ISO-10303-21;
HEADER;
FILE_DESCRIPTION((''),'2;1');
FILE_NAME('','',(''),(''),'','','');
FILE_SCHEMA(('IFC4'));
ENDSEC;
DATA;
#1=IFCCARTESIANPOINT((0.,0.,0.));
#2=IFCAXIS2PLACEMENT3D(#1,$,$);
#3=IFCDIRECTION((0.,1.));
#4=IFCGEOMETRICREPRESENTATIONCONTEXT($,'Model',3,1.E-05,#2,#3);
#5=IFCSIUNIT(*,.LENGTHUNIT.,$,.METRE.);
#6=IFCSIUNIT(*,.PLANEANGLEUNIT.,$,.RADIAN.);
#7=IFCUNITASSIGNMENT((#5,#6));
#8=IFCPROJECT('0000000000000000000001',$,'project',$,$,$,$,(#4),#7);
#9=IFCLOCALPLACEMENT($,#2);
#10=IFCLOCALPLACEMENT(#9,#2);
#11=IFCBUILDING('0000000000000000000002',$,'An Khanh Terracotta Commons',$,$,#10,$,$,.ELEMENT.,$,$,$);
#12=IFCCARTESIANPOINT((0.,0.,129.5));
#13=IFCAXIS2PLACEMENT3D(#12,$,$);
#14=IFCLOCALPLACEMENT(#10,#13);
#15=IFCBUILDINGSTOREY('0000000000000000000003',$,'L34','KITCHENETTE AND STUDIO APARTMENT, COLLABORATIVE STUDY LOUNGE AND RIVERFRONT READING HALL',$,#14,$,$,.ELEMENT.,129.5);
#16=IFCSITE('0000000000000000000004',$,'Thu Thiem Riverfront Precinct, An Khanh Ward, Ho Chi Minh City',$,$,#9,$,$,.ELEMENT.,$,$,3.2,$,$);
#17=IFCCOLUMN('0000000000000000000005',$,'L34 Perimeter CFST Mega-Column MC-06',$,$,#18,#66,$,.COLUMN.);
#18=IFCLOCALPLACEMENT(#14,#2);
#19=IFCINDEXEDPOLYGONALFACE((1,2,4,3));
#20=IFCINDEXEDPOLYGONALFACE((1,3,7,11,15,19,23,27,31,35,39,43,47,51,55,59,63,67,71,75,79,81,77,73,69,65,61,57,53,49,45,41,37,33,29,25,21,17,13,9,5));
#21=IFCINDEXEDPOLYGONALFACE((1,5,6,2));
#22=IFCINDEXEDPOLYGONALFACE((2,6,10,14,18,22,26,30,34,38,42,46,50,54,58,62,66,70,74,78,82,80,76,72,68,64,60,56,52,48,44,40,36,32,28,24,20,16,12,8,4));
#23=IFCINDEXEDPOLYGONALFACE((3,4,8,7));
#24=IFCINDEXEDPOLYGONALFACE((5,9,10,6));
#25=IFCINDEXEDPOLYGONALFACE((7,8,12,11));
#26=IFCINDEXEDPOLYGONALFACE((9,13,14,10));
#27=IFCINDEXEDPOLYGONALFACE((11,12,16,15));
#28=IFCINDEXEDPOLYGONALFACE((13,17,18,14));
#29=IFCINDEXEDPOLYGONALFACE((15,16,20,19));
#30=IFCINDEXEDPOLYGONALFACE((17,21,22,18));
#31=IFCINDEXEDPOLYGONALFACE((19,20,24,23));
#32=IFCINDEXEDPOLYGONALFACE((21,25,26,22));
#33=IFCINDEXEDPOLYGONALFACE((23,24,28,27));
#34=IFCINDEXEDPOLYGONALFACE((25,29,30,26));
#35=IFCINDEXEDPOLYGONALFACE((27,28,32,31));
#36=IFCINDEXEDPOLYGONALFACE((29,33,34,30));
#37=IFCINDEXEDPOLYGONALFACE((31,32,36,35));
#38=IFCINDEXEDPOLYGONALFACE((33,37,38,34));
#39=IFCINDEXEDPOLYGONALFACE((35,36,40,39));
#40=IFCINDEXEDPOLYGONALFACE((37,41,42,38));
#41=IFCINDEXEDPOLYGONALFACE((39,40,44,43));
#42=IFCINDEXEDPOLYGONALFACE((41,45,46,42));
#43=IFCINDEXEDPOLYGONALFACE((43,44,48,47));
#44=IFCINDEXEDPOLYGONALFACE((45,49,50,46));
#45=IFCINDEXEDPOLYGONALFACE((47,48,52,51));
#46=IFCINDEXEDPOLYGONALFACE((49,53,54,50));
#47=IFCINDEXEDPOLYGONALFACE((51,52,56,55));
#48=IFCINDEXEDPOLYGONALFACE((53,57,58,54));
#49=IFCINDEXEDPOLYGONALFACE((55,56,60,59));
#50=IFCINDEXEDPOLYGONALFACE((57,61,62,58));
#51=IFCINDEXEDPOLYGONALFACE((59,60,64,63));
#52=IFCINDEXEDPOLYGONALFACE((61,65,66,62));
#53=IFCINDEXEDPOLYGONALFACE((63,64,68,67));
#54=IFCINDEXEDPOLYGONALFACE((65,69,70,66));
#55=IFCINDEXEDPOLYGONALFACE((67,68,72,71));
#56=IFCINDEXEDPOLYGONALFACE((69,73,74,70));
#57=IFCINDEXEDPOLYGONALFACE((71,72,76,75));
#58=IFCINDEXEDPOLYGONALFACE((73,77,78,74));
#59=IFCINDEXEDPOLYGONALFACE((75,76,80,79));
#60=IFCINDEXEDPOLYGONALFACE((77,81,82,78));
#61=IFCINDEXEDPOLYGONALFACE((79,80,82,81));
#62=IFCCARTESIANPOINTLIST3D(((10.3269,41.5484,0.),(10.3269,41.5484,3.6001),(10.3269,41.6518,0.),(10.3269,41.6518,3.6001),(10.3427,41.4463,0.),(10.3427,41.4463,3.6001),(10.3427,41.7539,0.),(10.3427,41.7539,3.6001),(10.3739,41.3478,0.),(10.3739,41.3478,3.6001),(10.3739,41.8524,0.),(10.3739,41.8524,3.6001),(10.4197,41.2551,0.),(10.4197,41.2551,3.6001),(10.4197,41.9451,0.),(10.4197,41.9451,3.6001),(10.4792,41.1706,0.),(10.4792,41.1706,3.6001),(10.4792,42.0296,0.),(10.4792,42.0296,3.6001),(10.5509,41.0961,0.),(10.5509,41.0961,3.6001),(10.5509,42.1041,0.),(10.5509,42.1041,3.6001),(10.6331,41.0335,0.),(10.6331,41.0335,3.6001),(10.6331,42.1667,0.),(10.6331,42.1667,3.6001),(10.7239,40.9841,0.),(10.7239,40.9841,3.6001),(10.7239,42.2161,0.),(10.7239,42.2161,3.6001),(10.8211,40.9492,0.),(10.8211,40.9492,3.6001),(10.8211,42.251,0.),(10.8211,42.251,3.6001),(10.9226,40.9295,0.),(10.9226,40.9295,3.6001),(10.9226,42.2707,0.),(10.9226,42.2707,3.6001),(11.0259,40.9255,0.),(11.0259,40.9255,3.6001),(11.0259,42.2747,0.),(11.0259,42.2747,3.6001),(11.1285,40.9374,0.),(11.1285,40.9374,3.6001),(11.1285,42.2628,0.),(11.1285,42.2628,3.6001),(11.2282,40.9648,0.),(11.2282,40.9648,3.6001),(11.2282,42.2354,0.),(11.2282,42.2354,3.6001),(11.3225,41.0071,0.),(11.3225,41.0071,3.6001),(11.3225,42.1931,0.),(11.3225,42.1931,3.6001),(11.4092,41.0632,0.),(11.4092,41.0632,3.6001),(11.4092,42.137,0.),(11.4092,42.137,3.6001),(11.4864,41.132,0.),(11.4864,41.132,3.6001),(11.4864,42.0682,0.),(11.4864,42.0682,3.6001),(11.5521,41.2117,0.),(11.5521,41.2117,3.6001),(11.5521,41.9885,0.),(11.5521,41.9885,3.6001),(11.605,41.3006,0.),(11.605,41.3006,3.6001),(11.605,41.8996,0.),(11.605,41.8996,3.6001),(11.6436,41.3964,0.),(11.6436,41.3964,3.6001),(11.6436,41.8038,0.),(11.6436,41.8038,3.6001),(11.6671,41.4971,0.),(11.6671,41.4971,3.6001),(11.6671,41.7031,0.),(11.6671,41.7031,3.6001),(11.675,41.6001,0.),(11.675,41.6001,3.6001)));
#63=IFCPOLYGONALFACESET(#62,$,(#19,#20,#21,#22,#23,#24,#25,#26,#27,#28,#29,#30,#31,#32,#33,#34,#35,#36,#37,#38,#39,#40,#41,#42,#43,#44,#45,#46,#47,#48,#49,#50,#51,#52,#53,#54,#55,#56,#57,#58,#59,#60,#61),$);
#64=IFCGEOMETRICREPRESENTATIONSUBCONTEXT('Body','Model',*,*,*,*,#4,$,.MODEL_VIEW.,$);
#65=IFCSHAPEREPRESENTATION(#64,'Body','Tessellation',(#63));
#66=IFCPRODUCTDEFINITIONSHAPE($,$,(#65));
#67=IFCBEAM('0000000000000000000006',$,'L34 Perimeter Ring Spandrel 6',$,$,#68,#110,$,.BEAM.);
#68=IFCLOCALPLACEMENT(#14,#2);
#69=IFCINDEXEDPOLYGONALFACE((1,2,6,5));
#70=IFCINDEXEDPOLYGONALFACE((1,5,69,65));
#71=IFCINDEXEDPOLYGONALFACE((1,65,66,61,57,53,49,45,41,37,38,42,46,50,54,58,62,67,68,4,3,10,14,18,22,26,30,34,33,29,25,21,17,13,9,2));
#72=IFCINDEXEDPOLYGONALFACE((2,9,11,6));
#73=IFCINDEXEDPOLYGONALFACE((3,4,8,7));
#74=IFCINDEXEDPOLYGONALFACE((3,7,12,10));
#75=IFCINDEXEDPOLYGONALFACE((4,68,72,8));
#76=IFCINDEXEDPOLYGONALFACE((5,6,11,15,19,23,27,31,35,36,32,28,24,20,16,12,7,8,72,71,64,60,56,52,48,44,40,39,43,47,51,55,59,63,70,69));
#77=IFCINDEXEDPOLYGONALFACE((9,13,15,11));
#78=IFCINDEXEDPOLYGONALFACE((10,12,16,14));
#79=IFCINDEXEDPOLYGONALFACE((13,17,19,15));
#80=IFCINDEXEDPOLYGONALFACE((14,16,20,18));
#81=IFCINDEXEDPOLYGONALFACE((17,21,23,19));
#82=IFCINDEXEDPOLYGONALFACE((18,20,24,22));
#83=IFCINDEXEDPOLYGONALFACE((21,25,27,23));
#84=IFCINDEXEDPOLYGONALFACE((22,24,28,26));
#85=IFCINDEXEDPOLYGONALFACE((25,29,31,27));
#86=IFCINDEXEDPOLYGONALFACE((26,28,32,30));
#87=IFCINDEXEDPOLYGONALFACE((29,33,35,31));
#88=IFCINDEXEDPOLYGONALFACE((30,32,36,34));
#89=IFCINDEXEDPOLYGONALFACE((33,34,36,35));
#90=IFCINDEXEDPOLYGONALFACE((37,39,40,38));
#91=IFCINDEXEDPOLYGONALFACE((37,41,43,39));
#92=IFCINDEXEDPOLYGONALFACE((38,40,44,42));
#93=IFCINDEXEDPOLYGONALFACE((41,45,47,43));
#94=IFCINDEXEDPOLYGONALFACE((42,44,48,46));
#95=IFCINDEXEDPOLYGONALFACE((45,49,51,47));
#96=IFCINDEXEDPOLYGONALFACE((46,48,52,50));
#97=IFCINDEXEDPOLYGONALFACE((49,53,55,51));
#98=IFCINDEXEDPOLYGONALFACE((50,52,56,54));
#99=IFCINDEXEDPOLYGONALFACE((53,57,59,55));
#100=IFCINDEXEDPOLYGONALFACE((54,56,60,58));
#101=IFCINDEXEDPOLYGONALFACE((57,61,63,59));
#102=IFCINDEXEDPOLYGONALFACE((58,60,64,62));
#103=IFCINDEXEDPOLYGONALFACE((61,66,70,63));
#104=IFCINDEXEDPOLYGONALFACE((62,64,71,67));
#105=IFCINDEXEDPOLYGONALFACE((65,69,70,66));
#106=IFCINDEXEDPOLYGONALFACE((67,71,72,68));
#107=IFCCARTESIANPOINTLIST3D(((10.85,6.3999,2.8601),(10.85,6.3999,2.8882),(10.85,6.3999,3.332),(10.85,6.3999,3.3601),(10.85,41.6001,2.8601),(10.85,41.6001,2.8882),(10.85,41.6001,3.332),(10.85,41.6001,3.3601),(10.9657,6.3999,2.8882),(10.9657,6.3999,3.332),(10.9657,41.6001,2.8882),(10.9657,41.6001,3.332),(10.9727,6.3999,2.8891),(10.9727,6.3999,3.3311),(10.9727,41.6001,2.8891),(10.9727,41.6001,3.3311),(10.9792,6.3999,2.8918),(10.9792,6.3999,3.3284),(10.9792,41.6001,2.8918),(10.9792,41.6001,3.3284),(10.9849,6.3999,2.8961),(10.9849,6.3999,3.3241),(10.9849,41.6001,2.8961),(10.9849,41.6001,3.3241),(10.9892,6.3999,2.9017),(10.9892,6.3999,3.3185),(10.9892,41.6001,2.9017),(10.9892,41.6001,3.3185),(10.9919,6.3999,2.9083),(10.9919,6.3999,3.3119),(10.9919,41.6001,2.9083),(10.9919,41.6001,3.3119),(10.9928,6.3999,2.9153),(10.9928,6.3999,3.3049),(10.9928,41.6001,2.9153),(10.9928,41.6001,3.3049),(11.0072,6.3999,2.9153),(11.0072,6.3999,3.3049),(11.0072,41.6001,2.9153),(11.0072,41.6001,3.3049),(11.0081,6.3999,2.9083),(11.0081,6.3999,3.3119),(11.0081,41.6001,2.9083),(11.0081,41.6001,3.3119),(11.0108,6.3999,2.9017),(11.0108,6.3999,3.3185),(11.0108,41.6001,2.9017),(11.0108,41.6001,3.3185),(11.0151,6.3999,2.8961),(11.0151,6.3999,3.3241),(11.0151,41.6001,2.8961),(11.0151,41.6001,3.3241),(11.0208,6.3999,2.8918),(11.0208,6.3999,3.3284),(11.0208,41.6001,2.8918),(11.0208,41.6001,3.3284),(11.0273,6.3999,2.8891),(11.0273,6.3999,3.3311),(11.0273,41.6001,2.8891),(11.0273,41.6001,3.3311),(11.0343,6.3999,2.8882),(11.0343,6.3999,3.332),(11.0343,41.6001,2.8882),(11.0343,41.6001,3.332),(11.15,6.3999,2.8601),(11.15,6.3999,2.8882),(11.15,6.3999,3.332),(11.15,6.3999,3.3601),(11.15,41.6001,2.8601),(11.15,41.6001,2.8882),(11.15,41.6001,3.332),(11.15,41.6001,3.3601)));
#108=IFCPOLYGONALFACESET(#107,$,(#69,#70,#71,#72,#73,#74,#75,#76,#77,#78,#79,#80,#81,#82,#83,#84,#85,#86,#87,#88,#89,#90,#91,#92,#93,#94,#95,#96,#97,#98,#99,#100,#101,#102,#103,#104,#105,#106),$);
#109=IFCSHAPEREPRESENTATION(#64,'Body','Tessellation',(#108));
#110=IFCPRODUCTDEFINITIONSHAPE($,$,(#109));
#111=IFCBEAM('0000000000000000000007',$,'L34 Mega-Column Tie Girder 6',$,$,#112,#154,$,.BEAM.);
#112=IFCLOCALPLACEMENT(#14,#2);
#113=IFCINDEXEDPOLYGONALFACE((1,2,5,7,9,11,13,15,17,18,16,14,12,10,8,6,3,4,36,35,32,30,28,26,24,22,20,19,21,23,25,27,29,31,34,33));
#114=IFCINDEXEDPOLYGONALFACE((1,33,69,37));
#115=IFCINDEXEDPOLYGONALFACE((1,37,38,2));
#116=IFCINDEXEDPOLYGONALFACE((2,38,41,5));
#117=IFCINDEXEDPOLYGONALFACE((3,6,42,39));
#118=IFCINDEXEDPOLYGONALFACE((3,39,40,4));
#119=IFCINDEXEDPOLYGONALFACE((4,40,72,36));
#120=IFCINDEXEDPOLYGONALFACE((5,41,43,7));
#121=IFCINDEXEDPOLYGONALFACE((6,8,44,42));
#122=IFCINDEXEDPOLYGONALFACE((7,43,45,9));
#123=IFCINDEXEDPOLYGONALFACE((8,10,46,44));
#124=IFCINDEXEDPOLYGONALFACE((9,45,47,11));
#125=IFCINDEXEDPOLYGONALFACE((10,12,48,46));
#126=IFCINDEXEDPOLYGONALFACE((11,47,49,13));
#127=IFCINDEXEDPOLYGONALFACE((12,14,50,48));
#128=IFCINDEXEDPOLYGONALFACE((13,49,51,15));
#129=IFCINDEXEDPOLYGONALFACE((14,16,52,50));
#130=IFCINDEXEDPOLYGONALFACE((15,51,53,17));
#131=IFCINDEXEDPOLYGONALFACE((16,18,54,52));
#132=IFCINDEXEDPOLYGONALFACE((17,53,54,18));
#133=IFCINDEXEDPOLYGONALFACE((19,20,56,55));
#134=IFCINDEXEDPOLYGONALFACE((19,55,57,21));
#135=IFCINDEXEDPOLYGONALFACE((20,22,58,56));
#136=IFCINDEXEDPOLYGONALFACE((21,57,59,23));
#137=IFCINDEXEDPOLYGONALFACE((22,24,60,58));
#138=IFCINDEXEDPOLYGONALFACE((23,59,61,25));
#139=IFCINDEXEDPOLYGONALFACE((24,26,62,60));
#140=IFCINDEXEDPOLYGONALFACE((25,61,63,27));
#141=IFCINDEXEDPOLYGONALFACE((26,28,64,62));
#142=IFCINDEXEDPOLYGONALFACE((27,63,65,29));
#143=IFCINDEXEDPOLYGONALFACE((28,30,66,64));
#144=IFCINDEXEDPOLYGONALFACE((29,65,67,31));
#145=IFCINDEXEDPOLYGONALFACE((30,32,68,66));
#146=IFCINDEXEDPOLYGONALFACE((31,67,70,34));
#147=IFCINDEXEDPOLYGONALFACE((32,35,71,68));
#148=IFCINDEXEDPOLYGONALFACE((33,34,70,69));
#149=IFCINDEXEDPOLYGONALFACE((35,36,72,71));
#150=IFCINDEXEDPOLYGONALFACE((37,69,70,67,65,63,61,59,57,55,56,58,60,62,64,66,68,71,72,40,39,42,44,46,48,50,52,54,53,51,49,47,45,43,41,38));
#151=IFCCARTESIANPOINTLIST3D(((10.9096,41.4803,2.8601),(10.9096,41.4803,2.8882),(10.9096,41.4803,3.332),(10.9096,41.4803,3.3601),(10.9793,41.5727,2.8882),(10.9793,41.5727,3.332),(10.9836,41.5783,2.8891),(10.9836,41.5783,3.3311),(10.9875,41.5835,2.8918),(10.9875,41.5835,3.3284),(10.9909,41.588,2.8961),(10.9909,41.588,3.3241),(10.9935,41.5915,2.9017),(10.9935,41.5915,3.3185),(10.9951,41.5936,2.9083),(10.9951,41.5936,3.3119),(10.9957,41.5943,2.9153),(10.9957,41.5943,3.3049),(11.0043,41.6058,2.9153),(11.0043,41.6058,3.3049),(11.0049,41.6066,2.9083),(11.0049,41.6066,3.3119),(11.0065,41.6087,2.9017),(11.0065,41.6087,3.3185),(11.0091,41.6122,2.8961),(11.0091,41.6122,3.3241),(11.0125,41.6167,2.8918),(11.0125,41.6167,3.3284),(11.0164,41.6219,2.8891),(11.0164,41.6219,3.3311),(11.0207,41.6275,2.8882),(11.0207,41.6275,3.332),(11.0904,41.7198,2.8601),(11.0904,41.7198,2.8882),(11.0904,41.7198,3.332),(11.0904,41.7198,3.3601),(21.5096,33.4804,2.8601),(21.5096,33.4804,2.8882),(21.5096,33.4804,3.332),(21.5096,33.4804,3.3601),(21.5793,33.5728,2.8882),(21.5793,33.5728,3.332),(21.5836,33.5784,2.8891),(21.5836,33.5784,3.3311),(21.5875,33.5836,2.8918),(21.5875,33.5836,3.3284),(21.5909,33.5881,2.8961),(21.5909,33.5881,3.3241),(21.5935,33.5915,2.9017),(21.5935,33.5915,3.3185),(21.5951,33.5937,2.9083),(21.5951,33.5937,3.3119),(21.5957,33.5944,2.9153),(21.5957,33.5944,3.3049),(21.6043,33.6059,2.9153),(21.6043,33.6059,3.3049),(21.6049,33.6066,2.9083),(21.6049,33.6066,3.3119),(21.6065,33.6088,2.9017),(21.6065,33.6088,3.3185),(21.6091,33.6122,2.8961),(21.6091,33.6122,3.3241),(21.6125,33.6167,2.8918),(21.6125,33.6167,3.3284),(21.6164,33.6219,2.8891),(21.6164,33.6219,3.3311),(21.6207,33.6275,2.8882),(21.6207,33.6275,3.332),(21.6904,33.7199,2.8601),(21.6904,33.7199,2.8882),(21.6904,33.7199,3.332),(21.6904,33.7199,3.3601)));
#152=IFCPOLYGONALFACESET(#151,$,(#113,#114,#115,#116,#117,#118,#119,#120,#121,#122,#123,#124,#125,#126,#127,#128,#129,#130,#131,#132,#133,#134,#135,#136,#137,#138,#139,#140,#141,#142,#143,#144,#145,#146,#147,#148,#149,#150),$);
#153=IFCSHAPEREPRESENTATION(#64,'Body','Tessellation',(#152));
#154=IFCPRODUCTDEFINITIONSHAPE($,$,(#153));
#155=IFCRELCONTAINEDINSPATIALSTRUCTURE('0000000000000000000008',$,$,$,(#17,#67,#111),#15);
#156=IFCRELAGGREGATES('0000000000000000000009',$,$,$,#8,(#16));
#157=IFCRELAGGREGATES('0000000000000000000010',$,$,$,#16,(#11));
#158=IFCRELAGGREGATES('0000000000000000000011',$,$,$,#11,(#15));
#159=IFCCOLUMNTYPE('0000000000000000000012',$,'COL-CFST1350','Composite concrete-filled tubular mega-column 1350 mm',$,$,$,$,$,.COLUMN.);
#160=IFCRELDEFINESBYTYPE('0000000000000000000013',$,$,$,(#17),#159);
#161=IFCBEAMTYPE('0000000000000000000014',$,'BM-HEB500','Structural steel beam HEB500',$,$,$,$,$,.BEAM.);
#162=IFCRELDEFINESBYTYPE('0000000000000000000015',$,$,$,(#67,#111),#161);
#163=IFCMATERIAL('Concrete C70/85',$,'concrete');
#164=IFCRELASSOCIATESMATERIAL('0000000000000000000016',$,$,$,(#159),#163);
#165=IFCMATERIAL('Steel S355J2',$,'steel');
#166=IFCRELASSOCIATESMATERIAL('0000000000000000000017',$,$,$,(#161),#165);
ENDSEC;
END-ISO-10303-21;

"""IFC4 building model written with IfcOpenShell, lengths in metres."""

from ifc_helpers import new_model, si_unit, direction, frame, origin, origin_2d, place, context, subcontext, project, spatial, circle, i_section, extrude, material, material_profile, profile_set, type_object, element, save


model = new_model("IFC4")

# Units and contexts
model_context = context("Model", 3, precision=1e-05, world=origin(), true_north=direction((0.0, 1.0)))
body_context = subcontext(model_context, "Body", "Model", "MODEL_VIEW")
ifc_project = project(units=[si_unit("LENGTHUNIT", "METRE"), si_unit("PLANEANGLEUNIT", "RADIAN")], contexts=[model_context])

# Site, building, storey
site_placement = place(None, origin())
site = spatial("IfcSite", under=ifc_project, at=site_placement, Name="Thu Thiem Riverfront Precinct, An Khanh Ward, Ho Chi Minh City", CompositionType="ELEMENT", RefElevation=3.2)
building_placement = place(site_placement, origin())
building = spatial("IfcBuilding", under=site, at=building_placement, Name="An Khanh Terracotta Commons", CompositionType="ELEMENT")
storey_placement = place(building_placement, frame((0.0, 0.0, 129.5)))
storey = spatial("IfcBuildingStorey", under=building, at=storey_placement, Name="L34", Description="KITCHENETTE AND STUDIO APARTMENT, COLLABORATIVE STUDY LOUNGE AND RIVERFRONT READING HALL", CompositionType="ELEMENT", Elevation=129.5)

# Column
ifc_material_1 = material(Name="Concrete C70/85", Category="concrete")
ifc_material_profile_1 = material_profile(ifc_material_1, circle(Radius=0.675, at=origin_2d()), Name="CFST1350")
ifc_profile_set_1 = profile_set([ifc_material_profile_1], Name="Concrete C70/85")
column_type = type_object("IfcColumnType", Name="COL-CFST1350", Description="Composite concrete-filled tubular mega-column 1350 mm", PredefinedType="COLUMN", material=ifc_profile_set_1)
column_placement = place(storey_placement, frame((11.0, 41.6001, 0.0), z_axis=(0.0, 0.0, 1.0), x_axis=(1.0, 0.0, 0.0)))
element("IfcColumn", 1, at=column_placement, inside=storey, type_object=column_type, Name="L34 Perimeter CFST Mega-Column MC-06", PredefinedType="COLUMN", context=body_context, shape_type="SweptSolid", body=[
    extrude(circle(Radius=0.675, at=origin_2d()), origin(), (0.0, 0.0, 1.0), 3.6001),
])

# Beams
ifc_material_2 = material(Name="Steel S355J2", Category="steel")
ifc_material_profile_2 = material_profile(ifc_material_2, i_section(OverallWidth=0.3, OverallDepth=0.5, WebThickness=0.0144, FlangeThickness=0.0281, FilletRadius=0.0271, at=origin_2d()), Name="HEB500")
ifc_profile_set_2 = profile_set([ifc_material_profile_2], Name="Steel S355J2")
beam_type = type_object("IfcBeamType", Name="BM-HEB500", Description="Structural steel beam HEB500", PredefinedType="BEAM", material=ifc_profile_set_2)
beam_1_placement = place(storey_placement, frame((11.0, 41.6001, 3.1101), z_axis=(0.0, -1.0, 0.0), x_axis=(1.0, 0.0, 0.0)))
element("IfcBeam", 2, at=beam_1_placement, inside=storey, type_object=beam_type, Name="L34 Perimeter Ring Spandrel 6", PredefinedType="BEAM", context=body_context, shape_type="SweptSolid", body=[
    extrude(i_section(OverallWidth=0.3, OverallDepth=0.5, WebThickness=0.0144, FlangeThickness=0.0281, FilletRadius=0.0271, at=origin_2d()), origin(), (0.0, 0.0, 1.0), 35.2002),
])
beam_2_placement = place(storey_placement, frame((11.0, 41.6001, 3.1101), z_axis=(0.798192, -0.602403, 0.0), x_axis=(0.602403, 0.798192, 0.0)))
element("IfcBeam", 3, at=beam_2_placement, inside=storey, type_object=beam_type, Name="L34 Mega-Column Tie Girder 6", PredefinedType="BEAM", context=body_context, shape_type="SweptSolid", body=[
    extrude(i_section(OverallWidth=0.3, OverallDepth=0.5, WebThickness=0.0144, FlangeThickness=0.0281, FilletRadius=0.0271, at=origin_2d()), origin(), (0.0, 0.0, 1.0), 13.28),
])

save(model, "model.ifc")
